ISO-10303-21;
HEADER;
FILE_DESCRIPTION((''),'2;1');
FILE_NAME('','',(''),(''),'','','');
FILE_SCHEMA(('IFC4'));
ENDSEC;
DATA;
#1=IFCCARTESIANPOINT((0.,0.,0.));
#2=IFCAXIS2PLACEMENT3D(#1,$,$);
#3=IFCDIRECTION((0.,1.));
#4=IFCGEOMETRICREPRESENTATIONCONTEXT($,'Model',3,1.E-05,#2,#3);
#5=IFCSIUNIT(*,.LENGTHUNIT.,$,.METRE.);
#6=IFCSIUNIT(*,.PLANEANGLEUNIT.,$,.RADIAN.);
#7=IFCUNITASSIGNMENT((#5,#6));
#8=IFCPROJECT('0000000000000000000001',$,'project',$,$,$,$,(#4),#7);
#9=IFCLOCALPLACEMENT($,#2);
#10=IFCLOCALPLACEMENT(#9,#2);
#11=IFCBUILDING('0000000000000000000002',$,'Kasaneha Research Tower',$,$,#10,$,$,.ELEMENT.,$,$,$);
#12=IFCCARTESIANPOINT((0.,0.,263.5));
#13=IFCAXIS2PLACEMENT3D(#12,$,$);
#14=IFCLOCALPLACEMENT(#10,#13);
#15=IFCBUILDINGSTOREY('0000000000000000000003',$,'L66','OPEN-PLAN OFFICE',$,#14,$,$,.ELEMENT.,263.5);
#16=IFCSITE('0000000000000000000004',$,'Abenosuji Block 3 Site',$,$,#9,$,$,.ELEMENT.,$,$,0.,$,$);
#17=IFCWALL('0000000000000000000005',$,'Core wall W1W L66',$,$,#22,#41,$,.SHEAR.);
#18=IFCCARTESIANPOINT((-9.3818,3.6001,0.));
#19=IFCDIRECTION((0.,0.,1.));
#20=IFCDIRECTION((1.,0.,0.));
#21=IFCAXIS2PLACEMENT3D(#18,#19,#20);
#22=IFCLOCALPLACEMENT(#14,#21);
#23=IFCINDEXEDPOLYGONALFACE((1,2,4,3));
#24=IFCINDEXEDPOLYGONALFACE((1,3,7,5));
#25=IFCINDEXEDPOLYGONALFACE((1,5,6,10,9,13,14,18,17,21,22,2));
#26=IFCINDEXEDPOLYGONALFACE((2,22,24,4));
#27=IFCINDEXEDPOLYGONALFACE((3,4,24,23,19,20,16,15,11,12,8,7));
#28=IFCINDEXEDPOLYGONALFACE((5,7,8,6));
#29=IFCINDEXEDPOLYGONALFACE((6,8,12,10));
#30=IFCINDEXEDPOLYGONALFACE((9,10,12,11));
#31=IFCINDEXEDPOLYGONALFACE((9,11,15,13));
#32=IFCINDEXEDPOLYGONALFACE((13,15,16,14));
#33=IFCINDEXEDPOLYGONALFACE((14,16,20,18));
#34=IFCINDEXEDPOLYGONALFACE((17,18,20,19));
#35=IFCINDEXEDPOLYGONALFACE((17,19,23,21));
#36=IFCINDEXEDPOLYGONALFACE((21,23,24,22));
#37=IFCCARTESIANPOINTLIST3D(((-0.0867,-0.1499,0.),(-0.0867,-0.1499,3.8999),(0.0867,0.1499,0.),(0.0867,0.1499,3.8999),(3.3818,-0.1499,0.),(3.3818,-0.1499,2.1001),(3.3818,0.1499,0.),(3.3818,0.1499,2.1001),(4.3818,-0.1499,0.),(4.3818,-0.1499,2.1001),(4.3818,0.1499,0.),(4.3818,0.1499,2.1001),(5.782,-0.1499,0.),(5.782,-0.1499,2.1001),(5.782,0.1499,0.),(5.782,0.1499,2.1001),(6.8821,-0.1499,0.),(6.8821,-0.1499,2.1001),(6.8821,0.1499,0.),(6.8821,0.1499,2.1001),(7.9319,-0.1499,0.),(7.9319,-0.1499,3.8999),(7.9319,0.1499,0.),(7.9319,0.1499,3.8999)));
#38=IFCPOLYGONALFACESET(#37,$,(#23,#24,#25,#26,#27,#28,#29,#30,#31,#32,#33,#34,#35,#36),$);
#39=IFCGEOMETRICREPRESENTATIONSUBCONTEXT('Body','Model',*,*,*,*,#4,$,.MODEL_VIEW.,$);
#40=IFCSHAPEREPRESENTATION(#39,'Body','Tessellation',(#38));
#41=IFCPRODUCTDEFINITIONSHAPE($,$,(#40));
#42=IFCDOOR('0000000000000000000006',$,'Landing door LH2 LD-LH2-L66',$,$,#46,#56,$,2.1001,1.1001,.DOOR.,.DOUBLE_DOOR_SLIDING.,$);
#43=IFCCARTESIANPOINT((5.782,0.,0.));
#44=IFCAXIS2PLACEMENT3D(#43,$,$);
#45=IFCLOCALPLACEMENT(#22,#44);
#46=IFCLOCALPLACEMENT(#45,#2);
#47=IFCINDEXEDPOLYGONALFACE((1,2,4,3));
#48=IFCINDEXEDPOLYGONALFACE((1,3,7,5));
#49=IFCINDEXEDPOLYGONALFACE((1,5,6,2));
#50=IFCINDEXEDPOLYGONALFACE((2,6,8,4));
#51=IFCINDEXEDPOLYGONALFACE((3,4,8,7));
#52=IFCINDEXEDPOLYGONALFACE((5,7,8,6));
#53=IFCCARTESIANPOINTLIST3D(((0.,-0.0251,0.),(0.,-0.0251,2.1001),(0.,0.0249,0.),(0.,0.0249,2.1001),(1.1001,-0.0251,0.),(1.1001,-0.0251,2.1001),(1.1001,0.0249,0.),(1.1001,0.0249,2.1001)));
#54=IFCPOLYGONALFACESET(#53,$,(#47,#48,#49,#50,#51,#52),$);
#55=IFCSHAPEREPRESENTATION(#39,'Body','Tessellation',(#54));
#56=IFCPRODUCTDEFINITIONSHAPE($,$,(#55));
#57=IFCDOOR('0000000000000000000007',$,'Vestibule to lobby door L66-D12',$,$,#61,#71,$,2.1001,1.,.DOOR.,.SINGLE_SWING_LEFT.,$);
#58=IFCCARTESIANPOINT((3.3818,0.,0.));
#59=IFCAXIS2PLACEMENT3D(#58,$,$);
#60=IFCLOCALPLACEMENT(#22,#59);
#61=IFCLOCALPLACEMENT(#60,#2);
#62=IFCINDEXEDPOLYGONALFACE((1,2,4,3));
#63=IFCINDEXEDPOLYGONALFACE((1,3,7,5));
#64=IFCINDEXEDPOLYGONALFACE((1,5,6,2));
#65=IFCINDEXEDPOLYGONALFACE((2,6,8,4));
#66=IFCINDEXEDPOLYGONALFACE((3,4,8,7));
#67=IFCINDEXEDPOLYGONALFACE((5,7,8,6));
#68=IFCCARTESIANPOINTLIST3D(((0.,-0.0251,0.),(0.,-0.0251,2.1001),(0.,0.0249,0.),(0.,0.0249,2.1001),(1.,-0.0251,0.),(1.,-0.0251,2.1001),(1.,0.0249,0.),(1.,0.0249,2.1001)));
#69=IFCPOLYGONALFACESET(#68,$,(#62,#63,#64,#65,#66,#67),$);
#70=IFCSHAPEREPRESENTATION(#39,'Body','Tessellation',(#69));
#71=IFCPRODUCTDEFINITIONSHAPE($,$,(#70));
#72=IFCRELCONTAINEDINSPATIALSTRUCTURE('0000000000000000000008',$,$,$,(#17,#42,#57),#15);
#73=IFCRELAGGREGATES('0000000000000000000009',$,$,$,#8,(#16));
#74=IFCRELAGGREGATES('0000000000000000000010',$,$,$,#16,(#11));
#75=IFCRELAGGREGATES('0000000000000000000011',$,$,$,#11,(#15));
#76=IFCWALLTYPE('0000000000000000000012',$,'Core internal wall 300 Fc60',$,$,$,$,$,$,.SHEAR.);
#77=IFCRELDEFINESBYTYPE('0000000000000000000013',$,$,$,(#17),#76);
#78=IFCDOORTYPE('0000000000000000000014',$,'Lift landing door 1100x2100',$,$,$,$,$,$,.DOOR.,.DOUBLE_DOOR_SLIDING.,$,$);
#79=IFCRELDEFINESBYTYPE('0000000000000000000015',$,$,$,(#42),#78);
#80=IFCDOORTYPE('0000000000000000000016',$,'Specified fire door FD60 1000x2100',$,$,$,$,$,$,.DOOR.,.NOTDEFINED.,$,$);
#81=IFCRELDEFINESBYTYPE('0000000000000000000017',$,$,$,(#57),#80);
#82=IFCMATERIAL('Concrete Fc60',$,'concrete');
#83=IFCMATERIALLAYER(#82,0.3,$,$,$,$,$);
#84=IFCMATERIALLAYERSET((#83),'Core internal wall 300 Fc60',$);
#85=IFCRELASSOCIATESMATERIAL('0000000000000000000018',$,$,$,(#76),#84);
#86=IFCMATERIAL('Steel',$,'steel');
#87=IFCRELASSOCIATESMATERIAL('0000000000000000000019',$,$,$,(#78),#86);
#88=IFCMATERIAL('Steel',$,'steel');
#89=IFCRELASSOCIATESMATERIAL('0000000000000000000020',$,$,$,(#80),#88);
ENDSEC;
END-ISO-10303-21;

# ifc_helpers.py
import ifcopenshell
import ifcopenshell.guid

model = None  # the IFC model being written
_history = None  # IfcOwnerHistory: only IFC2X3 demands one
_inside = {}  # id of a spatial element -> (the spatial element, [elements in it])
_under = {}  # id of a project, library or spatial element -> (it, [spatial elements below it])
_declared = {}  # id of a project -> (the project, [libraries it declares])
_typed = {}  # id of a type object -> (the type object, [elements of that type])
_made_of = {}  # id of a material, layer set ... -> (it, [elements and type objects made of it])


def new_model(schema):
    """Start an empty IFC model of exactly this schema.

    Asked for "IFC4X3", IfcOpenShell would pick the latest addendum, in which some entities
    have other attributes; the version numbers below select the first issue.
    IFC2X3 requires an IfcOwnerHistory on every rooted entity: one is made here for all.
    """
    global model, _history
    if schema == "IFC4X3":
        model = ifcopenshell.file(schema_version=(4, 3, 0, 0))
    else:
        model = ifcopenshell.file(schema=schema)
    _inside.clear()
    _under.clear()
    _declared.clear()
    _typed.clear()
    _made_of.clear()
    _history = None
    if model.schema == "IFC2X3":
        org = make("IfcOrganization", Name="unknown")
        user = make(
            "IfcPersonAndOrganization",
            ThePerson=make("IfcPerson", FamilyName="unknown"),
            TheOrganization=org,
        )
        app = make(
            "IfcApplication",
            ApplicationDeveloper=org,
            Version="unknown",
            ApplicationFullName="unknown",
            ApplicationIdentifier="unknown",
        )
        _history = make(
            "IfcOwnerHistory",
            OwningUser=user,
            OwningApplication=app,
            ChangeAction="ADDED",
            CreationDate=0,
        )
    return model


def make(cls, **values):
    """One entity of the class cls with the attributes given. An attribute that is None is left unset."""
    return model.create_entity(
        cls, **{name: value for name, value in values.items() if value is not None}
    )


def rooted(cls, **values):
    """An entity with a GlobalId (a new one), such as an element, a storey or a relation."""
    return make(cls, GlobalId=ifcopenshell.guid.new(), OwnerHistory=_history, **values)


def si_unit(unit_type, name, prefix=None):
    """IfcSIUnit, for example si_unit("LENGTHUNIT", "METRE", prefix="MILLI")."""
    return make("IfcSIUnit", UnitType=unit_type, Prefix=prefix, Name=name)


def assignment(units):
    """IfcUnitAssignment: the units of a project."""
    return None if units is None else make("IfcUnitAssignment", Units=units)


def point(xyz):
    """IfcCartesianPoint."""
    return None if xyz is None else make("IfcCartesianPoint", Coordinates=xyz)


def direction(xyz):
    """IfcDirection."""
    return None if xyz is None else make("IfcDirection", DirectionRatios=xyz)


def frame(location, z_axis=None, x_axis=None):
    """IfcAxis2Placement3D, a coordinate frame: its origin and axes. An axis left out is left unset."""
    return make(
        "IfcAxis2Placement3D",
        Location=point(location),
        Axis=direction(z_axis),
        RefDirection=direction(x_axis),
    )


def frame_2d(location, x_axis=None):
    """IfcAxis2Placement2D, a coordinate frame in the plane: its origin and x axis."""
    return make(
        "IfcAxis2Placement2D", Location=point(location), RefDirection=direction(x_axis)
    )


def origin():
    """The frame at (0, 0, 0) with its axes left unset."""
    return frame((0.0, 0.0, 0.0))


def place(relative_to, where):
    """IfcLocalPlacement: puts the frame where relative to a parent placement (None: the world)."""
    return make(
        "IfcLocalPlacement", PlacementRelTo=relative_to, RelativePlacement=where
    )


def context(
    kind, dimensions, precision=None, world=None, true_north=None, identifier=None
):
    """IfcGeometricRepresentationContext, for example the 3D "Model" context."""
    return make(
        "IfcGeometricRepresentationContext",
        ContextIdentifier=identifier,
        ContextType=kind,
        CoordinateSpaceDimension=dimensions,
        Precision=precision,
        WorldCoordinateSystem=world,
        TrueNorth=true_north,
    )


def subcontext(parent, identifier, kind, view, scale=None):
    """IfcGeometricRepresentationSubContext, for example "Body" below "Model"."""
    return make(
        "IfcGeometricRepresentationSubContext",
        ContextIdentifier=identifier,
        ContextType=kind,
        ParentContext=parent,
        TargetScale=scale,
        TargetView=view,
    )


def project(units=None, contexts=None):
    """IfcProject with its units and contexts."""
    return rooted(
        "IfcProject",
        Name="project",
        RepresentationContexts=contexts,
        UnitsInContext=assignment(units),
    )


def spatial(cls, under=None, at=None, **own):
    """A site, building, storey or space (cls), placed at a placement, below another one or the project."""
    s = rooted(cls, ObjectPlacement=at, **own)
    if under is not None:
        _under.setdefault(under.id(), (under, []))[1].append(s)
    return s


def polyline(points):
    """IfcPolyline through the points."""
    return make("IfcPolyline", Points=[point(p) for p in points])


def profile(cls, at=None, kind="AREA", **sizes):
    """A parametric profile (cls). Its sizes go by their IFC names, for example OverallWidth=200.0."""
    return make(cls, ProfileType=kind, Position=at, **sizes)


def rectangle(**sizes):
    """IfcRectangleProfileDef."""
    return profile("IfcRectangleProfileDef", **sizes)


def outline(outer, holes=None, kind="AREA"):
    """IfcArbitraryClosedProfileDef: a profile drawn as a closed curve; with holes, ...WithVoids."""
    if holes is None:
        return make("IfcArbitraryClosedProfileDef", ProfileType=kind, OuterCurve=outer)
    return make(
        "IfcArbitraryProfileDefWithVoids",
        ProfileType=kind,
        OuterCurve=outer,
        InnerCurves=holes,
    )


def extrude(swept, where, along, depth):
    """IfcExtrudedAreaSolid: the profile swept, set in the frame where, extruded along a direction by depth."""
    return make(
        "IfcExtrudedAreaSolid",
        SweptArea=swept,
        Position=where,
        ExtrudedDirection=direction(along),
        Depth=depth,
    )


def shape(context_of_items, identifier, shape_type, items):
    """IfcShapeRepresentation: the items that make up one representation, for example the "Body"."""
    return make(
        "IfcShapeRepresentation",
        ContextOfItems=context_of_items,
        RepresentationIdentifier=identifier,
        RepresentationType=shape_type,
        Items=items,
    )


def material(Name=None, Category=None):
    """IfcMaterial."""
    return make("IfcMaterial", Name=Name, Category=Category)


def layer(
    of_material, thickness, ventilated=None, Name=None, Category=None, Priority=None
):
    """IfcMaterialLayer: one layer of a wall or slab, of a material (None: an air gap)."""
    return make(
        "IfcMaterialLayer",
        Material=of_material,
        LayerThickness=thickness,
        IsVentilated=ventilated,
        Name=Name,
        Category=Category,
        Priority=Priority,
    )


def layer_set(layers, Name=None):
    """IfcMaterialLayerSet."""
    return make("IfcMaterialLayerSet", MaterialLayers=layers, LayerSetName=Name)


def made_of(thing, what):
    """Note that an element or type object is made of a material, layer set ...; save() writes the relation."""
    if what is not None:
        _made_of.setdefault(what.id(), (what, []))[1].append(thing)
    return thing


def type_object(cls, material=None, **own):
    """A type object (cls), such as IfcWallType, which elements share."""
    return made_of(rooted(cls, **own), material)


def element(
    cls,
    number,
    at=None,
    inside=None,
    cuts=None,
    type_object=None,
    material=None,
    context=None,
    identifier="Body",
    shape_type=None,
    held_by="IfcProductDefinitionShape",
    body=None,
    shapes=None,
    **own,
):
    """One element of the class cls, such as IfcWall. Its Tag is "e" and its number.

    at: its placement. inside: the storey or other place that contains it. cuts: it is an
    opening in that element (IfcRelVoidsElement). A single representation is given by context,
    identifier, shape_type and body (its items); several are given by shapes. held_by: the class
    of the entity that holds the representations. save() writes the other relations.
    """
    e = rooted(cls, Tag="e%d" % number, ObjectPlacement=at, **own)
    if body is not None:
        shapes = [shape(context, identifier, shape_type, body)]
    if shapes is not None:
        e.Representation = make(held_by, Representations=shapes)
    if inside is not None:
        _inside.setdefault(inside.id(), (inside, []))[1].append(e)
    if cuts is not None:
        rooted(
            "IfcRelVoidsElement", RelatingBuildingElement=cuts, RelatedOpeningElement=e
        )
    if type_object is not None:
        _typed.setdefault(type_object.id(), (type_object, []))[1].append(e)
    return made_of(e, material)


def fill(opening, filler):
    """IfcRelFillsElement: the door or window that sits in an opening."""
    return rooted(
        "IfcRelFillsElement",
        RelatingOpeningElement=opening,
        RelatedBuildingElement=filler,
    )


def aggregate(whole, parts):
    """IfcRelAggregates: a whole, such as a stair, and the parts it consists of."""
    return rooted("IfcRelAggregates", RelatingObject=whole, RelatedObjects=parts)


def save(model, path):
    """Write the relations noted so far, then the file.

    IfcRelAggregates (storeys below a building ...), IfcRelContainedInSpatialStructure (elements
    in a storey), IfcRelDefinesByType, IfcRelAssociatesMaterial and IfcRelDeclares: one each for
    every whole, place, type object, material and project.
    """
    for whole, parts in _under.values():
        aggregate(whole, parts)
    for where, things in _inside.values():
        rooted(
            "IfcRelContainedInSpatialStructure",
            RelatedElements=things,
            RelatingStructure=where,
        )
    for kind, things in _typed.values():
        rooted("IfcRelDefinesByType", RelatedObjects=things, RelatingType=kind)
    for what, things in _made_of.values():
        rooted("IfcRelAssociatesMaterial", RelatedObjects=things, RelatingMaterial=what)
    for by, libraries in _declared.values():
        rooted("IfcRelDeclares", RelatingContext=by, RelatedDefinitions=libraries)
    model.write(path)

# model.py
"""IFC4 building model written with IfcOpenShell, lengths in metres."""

from ifc_helpers import new_model, si_unit, direction, frame, frame_2d, origin, place, context, subcontext, project, spatial, polyline, rectangle, outline, extrude, material, layer, layer_set, type_object, element, fill, save


model = new_model("IFC4")

# Units and contexts
model_context = context("Model", 3, precision=1e-05, world=origin(), true_north=direction((0.0, 1.0)))
body_context = subcontext(model_context, "Body", "Model", "MODEL_VIEW")
ifc_project = project(units=[si_unit("LENGTHUNIT", "METRE"), si_unit("PLANEANGLEUNIT", "RADIAN")], contexts=[model_context])

# Site, building, storey
site_placement = place(None, origin())
site = spatial("IfcSite", under=ifc_project, at=site_placement, Name="Abenosuji Block 3 Site", CompositionType="ELEMENT", RefElevation=0.0)
building_placement = place(site_placement, origin())
building = spatial("IfcBuilding", under=site, at=building_placement, Name="Kasaneha Research Tower", CompositionType="ELEMENT")
storey_placement = place(building_placement, frame((0.0, 0.0, 263.5)))
storey = spatial("IfcBuildingStorey", under=building, at=storey_placement, Name="L66", Description="OPEN-PLAN OFFICE", CompositionType="ELEMENT", Elevation=263.5)

# Wall, openings, doors
ifc_material_1 = material(Name="Concrete Fc60", Category="concrete")
ifc_layer_1 = layer(ifc_material_1, 0.3)
ifc_layer_set_1 = layer_set([ifc_layer_1], Name="Core internal wall 300 Fc60")
wall_type_1 = type_object("IfcWallType", Name="Core internal wall 300 Fc60", PredefinedType="SHEAR", material=ifc_layer_set_1)
wall_1_placement = place(storey_placement, frame((-9.3818, 3.6001, 0.0), z_axis=(0.0, 0.0, 1.0), x_axis=(1.0, 0.0, 0.0)))
wall_1 = element("IfcWall", 1, at=wall_1_placement, inside=storey, type_object=wall_type_1, Name="Core wall W1W L66", PredefinedType="SHEAR", context=body_context, shape_type="SweptSolid", body=[
    extrude(outline(polyline([(-0.0867, -0.1499), (3.3818, -0.1499), (4.3818, -0.1499), (5.782, -0.1499), (6.8821, -0.1499), (7.9319, -0.1499), (7.9319, 0.1499), (6.8821, 0.1499), (5.782, 0.1499), (4.3818, 0.1499), (3.3818, 0.1499), (0.0867, 0.1499), (-0.0867, -0.1499)])), origin(), (0.0, 0.0, 1.0), 3.8999),
])
opening_1_placement = place(wall_1_placement, frame((3.3818, 0.0, 0.0)))
opening_1 = element("IfcOpeningElement", 2, at=opening_1_placement, cuts=wall_1, PredefinedType="OPENING", context=body_context, shape_type="SweptSolid", body=[
    extrude(rectangle(XDim=1.0, YDim=2.1001, at=frame_2d((0.5, 1.05))), frame((0.0, 0.1602, 0.0), z_axis=(0.0, -1.0, 0.0), x_axis=(1.0, 0.0, 0.0)), (0.0, 0.0, 1.0), 0.3201),
])
opening_2_placement = place(wall_1_placement, frame((5.782, 0.0, 0.0)))
opening_2 = element("IfcOpeningElement", 3, at=opening_2_placement, cuts=wall_1, PredefinedType="OPENING", context=body_context, shape_type="SweptSolid", body=[
    extrude(rectangle(XDim=1.1001, YDim=2.1001, at=frame_2d((0.55, 1.05))), frame((0.0, 0.1602, 0.0), z_axis=(0.0, -1.0, 0.0), x_axis=(1.0, 0.0, 0.0)), (0.0, 0.0, 1.0), 0.3201),
])
ifc_material_2 = material(Name="Steel", Category="steel")
door_type_1 = type_object("IfcDoorType", Name="Lift landing door 1100x2100", OperationType="DOUBLE_DOOR_SLIDING", PredefinedType="DOOR", material=ifc_material_2)
door_1_placement = place(opening_2_placement, origin())
door_1 = element("IfcDoor", 4, at=door_1_placement, inside=storey, type_object=door_type_1, Name="Landing door LH2 LD-LH2-L66", OperationType="DOUBLE_DOOR_SLIDING", OverallHeight=2.1001, OverallWidth=1.1001, PredefinedType="DOOR", context=body_context, shape_type="SweptSolid", body=[
    extrude(rectangle(XDim=1.1001, YDim=2.1001, at=frame_2d((0.55, 1.05))), frame((0.0, 0.0249, 0.0), z_axis=(0.0, -1.0, 0.0), x_axis=(1.0, 0.0, 0.0)), (0.0, 0.0, 1.0), 0.05),
])
fill(opening_2, door_1)
ifc_material_3 = material(Name="Steel", Category="steel")
door_type_2 = type_object("IfcDoorType", Name="Specified fire door FD60 1000x2100", OperationType="NOTDEFINED", PredefinedType="DOOR", material=ifc_material_3)
door_2_placement = place(opening_1_placement, origin())
door_2 = element("IfcDoor", 5, at=door_2_placement, inside=storey, type_object=door_type_2, Name="Vestibule to lobby door L66-D12", OperationType="SINGLE_SWING_LEFT", OverallHeight=2.1001, OverallWidth=1.0, PredefinedType="DOOR", context=body_context, shape_type="SweptSolid", body=[
    extrude(rectangle(XDim=1.0, YDim=2.1001, at=frame_2d((0.5, 1.05))), frame((0.0, 0.0249, 0.0), z_axis=(0.0, -1.0, 0.0), x_axis=(1.0, 0.0, 0.0)), (0.0, 0.0, 1.0), 0.05),
])
fill(opening_1, door_2)

save(model, "model.ifc")
